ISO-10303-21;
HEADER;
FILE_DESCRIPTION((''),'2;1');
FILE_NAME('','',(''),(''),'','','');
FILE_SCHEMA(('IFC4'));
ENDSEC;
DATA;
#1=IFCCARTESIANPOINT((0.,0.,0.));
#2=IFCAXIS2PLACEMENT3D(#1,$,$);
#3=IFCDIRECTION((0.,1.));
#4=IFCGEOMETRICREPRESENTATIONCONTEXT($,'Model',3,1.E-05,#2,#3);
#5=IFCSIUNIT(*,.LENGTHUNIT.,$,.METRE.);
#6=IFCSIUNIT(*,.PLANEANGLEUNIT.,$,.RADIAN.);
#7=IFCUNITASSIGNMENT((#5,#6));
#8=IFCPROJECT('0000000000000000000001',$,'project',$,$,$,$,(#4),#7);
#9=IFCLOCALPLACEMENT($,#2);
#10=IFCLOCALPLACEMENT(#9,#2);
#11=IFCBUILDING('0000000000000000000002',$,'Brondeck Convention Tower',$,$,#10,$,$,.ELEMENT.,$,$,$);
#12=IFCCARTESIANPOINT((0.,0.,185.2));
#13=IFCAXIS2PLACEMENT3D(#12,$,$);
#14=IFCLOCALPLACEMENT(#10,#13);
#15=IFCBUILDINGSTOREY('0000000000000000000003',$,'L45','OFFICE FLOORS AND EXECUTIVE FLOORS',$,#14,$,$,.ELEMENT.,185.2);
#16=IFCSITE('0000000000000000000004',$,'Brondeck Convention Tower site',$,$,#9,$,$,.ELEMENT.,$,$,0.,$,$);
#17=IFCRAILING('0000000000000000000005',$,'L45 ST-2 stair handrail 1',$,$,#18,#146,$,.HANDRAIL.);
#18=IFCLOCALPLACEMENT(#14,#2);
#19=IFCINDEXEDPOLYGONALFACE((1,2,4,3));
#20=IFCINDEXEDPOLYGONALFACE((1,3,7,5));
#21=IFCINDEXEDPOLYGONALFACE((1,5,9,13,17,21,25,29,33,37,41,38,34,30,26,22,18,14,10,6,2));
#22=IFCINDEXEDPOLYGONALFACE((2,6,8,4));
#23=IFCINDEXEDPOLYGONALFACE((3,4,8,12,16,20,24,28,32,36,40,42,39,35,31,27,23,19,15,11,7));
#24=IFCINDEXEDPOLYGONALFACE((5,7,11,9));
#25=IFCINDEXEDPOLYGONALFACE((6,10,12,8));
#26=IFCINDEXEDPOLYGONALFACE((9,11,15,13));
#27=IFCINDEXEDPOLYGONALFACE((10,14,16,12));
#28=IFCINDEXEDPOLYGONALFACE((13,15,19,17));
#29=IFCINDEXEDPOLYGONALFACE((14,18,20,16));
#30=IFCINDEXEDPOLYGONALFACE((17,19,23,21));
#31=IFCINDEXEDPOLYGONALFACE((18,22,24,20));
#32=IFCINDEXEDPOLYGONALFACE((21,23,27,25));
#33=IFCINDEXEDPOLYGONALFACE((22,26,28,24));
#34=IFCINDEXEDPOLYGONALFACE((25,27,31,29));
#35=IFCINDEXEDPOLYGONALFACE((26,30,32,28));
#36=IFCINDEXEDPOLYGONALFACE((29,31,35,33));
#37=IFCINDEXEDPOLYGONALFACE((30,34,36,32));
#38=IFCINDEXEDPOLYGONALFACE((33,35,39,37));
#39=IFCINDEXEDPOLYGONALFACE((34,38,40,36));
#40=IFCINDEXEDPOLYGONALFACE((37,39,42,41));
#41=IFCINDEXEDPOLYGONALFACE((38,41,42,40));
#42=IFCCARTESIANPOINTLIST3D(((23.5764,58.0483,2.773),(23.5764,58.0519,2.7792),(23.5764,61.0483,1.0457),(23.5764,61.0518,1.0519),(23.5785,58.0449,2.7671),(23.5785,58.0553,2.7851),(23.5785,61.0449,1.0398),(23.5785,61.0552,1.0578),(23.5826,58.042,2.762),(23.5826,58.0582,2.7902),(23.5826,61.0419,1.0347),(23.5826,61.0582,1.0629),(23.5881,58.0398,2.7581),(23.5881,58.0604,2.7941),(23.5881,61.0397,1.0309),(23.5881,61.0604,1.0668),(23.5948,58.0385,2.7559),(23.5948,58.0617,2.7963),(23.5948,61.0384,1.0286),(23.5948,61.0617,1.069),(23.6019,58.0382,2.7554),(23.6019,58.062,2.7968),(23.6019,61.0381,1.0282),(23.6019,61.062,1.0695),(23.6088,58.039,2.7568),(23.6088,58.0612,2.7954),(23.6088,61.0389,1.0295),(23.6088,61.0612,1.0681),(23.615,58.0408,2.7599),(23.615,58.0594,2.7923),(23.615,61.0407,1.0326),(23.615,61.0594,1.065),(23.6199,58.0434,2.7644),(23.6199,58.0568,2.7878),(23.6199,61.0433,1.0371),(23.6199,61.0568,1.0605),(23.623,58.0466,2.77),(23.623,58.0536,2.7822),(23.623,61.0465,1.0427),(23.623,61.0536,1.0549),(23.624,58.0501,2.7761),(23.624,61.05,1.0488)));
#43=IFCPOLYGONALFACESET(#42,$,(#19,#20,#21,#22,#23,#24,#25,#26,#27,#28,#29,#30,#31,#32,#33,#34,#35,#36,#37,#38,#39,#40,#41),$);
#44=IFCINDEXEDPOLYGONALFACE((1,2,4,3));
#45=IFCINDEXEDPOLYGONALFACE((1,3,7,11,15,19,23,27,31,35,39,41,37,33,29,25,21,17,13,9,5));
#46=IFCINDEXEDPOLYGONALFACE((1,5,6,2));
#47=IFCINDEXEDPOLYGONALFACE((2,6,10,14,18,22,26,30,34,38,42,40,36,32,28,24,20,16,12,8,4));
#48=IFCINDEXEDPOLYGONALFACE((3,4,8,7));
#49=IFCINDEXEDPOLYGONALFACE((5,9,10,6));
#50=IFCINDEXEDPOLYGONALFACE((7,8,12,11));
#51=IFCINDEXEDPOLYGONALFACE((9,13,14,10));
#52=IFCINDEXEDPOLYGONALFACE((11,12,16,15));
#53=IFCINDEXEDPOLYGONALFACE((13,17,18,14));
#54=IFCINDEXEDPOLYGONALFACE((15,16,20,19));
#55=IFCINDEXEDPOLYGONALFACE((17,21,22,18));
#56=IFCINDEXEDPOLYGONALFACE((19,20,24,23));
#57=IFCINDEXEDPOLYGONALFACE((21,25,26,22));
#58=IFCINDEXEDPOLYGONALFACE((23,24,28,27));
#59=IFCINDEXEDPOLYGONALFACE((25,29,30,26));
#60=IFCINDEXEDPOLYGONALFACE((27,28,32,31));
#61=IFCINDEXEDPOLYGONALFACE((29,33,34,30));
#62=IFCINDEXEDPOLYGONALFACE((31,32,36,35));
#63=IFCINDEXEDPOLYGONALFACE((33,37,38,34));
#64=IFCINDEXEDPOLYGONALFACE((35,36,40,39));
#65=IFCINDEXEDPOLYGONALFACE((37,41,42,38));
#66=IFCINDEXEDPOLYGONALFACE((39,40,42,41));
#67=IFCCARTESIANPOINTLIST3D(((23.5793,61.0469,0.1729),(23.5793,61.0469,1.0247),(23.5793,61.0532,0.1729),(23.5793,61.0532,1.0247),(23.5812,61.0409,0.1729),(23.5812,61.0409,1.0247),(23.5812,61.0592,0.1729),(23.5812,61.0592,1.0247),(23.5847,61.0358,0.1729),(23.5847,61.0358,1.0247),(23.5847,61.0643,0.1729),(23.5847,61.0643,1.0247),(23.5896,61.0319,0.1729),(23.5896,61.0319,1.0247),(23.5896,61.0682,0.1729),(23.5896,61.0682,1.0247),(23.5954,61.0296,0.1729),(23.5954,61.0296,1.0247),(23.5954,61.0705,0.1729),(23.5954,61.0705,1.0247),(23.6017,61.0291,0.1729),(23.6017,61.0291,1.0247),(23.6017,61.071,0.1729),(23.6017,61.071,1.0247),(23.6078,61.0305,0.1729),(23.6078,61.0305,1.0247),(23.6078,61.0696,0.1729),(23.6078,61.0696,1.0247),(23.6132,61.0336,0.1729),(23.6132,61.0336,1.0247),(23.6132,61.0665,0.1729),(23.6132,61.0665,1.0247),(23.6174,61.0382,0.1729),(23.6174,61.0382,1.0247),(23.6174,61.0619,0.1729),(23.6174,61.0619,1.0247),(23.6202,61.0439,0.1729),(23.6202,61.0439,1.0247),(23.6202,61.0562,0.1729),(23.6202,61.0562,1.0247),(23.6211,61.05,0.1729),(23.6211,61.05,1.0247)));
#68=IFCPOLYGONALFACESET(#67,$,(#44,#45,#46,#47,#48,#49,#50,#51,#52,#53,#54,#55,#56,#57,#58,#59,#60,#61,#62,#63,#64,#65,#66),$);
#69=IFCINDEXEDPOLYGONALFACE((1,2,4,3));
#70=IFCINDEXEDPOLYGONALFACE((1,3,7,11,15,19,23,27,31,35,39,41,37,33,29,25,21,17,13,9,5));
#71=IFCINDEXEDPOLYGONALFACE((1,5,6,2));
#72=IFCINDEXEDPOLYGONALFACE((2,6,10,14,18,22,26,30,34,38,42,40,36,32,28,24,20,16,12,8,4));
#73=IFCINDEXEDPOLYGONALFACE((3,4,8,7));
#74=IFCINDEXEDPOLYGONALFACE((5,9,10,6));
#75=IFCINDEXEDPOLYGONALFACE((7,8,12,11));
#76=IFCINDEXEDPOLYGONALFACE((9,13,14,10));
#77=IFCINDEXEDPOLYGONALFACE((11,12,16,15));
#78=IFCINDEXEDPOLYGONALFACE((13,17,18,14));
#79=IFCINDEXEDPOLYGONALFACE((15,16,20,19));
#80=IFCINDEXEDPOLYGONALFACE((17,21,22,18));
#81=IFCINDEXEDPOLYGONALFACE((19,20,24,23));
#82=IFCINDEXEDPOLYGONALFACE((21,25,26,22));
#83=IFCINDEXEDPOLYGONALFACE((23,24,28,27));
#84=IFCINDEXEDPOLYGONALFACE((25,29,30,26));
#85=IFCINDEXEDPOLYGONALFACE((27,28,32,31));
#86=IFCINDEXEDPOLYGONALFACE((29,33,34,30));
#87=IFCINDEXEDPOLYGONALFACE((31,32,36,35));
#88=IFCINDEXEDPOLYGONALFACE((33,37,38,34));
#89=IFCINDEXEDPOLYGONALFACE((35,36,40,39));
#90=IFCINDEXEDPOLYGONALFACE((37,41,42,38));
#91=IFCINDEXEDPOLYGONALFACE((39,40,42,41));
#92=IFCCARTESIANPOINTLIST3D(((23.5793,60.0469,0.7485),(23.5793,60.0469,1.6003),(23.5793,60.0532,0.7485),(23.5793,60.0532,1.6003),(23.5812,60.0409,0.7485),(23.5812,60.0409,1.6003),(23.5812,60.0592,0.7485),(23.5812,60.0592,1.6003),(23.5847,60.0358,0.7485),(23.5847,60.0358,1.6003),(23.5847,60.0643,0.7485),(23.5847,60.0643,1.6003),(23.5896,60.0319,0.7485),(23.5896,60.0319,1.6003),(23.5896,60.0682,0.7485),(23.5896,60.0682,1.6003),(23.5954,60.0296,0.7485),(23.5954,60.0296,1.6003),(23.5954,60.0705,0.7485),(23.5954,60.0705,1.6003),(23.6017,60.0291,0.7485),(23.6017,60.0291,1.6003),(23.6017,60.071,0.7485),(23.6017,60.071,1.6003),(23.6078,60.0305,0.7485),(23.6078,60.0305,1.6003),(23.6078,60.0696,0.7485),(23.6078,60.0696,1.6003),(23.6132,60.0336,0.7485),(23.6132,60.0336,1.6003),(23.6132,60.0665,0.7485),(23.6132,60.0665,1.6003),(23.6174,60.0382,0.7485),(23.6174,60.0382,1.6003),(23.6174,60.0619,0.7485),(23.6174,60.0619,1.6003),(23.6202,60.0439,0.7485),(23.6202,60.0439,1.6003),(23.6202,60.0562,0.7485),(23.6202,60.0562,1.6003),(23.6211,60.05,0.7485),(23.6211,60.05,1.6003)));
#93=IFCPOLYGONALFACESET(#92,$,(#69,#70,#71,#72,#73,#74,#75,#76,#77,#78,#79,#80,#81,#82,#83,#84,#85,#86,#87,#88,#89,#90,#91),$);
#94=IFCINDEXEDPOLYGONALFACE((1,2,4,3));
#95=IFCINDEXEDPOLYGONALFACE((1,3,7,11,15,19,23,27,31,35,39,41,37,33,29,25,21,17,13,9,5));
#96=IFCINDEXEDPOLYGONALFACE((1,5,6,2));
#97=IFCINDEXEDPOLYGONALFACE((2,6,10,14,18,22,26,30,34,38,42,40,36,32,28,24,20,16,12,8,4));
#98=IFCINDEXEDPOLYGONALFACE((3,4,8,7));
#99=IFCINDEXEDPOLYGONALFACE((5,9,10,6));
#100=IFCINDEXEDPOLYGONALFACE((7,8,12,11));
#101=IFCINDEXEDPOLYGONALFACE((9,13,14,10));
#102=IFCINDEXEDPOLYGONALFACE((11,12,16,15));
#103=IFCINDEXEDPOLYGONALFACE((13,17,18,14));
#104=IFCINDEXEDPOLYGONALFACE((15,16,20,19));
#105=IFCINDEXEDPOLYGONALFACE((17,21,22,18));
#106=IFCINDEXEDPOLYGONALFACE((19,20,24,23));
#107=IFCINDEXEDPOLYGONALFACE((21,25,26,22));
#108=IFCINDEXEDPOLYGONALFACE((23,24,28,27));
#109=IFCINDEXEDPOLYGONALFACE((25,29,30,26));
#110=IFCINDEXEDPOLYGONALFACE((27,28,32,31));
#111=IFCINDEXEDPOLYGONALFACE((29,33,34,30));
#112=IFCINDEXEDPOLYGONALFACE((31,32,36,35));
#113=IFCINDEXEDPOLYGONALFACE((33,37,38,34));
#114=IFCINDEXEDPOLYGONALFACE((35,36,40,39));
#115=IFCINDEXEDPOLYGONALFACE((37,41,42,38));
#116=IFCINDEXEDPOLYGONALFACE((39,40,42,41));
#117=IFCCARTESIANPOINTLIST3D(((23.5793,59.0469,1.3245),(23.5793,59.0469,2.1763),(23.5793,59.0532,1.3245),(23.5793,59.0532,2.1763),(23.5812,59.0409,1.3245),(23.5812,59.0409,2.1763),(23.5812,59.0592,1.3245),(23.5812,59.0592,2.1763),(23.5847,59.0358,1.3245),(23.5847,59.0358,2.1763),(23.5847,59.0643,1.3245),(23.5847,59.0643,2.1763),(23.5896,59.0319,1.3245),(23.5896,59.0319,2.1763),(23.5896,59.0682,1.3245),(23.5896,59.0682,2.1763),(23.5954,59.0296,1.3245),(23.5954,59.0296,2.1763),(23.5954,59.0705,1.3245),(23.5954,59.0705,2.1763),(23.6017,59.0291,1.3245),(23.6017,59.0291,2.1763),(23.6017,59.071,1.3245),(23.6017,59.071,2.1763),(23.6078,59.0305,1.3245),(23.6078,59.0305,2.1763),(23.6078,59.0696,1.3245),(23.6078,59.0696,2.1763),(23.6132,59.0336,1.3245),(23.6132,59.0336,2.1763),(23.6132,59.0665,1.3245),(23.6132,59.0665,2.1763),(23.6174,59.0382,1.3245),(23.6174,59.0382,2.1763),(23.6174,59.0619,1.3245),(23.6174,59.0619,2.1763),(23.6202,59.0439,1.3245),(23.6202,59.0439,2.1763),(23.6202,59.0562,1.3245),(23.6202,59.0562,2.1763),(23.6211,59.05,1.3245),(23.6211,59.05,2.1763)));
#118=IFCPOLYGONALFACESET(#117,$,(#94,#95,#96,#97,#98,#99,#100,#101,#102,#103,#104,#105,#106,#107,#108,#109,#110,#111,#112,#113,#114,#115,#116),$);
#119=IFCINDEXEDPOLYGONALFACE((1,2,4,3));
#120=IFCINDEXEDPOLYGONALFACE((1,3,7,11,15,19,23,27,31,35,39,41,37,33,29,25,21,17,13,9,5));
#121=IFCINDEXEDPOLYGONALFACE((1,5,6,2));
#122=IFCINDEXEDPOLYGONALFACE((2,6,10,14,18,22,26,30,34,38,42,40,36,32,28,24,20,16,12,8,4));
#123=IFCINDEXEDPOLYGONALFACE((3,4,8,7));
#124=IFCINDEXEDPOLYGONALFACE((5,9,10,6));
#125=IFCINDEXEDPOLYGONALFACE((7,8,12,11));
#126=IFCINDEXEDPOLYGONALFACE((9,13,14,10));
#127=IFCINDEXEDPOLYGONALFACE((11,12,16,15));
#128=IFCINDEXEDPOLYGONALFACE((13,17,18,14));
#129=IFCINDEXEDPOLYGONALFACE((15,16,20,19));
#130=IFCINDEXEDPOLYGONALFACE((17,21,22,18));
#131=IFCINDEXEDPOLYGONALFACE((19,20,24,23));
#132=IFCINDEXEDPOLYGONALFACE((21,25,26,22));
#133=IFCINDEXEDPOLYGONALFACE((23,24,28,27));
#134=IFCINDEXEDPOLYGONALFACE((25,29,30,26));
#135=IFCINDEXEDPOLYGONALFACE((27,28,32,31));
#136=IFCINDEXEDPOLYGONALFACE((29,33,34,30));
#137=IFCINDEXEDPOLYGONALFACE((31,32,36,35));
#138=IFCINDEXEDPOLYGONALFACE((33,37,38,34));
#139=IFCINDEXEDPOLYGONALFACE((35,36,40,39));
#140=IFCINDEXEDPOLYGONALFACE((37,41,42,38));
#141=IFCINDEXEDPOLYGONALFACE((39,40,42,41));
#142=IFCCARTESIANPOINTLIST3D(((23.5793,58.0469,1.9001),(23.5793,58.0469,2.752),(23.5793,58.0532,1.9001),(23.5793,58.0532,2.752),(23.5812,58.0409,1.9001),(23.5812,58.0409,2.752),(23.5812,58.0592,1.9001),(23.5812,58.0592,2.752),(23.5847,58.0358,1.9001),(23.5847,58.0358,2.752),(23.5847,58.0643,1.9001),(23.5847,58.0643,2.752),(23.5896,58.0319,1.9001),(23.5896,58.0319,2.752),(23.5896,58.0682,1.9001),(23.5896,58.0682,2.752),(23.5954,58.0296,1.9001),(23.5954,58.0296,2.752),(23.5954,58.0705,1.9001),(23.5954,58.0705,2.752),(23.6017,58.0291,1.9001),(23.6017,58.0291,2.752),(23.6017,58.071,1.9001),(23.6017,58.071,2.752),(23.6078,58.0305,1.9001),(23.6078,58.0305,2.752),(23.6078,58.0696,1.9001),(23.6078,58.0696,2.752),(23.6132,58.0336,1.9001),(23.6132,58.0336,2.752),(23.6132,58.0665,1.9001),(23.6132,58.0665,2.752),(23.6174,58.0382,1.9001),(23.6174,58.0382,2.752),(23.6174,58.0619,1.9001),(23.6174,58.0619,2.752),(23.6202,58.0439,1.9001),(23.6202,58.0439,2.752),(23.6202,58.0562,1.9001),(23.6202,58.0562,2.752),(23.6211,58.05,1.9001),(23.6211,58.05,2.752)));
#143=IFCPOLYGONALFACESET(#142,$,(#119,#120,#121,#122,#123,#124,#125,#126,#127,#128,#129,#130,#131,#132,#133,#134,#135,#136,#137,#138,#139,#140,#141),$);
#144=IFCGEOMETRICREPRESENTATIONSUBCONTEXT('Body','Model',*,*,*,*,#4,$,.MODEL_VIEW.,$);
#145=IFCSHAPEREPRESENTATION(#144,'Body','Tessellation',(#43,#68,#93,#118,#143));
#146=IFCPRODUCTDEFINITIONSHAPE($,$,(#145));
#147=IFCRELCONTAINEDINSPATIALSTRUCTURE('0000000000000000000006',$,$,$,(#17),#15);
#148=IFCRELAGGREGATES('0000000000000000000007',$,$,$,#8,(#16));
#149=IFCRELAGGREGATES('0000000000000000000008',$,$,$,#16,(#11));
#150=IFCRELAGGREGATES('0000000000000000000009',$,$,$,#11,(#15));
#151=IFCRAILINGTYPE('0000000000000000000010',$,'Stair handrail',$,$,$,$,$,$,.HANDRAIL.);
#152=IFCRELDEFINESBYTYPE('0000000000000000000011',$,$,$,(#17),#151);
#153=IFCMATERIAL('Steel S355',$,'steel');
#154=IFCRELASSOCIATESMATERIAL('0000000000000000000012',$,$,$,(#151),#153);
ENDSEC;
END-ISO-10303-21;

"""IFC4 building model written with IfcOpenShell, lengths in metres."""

from ifc_helpers import new_model, si_unit, direction, frame, origin, origin_2d, place, context, subcontext, project, spatial, circle, extrude, material, type_object, element, save


model = new_model("IFC4")

# Units and contexts
model_context = context("Model", 3, precision=1e-05, world=origin(), true_north=direction((0.0, 1.0)))
body_context = subcontext(model_context, "Body", "Model", "MODEL_VIEW")
ifc_project = project(units=[si_unit("LENGTHUNIT", "METRE"), si_unit("PLANEANGLEUNIT", "RADIAN")], contexts=[model_context])

# Site, building, storey
site_placement = place(None, origin())
site = spatial("IfcSite", under=ifc_project, at=site_placement, Name="Brondeck Convention Tower site", CompositionType="ELEMENT", RefElevation=0.0)
building_placement = place(site_placement, origin())
building = spatial("IfcBuilding", under=site, at=building_placement, Name="Brondeck Convention Tower", CompositionType="ELEMENT")
storey_placement = place(building_placement, frame((0.0, 0.0, 185.2)))
storey = spatial("IfcBuildingStorey", under=building, at=storey_placement, Name="L45", Description="OFFICE FLOORS AND EXECUTIVE FLOORS", CompositionType="ELEMENT", Elevation=185.2)

# Shared definitions
ifc_material_1 = material(Name="Steel S355", Category="steel")

# Railing
railing_type_1 = type_object("IfcRailingType", Name="Stair handrail", PredefinedType="HANDRAIL", material=ifc_material_1)
railing_1_placement = place(storey_placement, frame((23.6001, 61.05, 0.1729)))
element("IfcRailing", 1, at=railing_1_placement, inside=storey, type_object=railing_type_1, Name="L45 ST-2 stair handrail 1", PredefinedType="HANDRAIL", context=body_context, shape_type="SweptSolid", body=[
    extrude(circle(Radius=0.0239, at=origin_2d()), frame((0.0, 0.0, 0.876), z_axis=(0.0, -0.86662, 0.498969), x_axis=(1.0, 0.0, 0.0)), (0.0, 0.0, 1.0), 3.4617),
    extrude(circle(Radius=0.021, at=origin_2d()), origin(), (0.0, 0.0, 1.0), 0.8518),
    extrude(circle(Radius=0.021, at=origin_2d()), frame((0.0, -1.0, 0.5757)), (0.0, 0.0, 1.0), 0.8518),
    extrude(circle(Radius=0.021, at=origin_2d()), frame((0.0, -2.0, 1.1516)), (0.0, 0.0, 1.0), 0.8518),
    extrude(circle(Radius=0.021, at=origin_2d()), frame((0.0, -3.0, 1.7273)), (0.0, 0.0, 1.0), 0.8518),
])

save(model, "model.ifc")
